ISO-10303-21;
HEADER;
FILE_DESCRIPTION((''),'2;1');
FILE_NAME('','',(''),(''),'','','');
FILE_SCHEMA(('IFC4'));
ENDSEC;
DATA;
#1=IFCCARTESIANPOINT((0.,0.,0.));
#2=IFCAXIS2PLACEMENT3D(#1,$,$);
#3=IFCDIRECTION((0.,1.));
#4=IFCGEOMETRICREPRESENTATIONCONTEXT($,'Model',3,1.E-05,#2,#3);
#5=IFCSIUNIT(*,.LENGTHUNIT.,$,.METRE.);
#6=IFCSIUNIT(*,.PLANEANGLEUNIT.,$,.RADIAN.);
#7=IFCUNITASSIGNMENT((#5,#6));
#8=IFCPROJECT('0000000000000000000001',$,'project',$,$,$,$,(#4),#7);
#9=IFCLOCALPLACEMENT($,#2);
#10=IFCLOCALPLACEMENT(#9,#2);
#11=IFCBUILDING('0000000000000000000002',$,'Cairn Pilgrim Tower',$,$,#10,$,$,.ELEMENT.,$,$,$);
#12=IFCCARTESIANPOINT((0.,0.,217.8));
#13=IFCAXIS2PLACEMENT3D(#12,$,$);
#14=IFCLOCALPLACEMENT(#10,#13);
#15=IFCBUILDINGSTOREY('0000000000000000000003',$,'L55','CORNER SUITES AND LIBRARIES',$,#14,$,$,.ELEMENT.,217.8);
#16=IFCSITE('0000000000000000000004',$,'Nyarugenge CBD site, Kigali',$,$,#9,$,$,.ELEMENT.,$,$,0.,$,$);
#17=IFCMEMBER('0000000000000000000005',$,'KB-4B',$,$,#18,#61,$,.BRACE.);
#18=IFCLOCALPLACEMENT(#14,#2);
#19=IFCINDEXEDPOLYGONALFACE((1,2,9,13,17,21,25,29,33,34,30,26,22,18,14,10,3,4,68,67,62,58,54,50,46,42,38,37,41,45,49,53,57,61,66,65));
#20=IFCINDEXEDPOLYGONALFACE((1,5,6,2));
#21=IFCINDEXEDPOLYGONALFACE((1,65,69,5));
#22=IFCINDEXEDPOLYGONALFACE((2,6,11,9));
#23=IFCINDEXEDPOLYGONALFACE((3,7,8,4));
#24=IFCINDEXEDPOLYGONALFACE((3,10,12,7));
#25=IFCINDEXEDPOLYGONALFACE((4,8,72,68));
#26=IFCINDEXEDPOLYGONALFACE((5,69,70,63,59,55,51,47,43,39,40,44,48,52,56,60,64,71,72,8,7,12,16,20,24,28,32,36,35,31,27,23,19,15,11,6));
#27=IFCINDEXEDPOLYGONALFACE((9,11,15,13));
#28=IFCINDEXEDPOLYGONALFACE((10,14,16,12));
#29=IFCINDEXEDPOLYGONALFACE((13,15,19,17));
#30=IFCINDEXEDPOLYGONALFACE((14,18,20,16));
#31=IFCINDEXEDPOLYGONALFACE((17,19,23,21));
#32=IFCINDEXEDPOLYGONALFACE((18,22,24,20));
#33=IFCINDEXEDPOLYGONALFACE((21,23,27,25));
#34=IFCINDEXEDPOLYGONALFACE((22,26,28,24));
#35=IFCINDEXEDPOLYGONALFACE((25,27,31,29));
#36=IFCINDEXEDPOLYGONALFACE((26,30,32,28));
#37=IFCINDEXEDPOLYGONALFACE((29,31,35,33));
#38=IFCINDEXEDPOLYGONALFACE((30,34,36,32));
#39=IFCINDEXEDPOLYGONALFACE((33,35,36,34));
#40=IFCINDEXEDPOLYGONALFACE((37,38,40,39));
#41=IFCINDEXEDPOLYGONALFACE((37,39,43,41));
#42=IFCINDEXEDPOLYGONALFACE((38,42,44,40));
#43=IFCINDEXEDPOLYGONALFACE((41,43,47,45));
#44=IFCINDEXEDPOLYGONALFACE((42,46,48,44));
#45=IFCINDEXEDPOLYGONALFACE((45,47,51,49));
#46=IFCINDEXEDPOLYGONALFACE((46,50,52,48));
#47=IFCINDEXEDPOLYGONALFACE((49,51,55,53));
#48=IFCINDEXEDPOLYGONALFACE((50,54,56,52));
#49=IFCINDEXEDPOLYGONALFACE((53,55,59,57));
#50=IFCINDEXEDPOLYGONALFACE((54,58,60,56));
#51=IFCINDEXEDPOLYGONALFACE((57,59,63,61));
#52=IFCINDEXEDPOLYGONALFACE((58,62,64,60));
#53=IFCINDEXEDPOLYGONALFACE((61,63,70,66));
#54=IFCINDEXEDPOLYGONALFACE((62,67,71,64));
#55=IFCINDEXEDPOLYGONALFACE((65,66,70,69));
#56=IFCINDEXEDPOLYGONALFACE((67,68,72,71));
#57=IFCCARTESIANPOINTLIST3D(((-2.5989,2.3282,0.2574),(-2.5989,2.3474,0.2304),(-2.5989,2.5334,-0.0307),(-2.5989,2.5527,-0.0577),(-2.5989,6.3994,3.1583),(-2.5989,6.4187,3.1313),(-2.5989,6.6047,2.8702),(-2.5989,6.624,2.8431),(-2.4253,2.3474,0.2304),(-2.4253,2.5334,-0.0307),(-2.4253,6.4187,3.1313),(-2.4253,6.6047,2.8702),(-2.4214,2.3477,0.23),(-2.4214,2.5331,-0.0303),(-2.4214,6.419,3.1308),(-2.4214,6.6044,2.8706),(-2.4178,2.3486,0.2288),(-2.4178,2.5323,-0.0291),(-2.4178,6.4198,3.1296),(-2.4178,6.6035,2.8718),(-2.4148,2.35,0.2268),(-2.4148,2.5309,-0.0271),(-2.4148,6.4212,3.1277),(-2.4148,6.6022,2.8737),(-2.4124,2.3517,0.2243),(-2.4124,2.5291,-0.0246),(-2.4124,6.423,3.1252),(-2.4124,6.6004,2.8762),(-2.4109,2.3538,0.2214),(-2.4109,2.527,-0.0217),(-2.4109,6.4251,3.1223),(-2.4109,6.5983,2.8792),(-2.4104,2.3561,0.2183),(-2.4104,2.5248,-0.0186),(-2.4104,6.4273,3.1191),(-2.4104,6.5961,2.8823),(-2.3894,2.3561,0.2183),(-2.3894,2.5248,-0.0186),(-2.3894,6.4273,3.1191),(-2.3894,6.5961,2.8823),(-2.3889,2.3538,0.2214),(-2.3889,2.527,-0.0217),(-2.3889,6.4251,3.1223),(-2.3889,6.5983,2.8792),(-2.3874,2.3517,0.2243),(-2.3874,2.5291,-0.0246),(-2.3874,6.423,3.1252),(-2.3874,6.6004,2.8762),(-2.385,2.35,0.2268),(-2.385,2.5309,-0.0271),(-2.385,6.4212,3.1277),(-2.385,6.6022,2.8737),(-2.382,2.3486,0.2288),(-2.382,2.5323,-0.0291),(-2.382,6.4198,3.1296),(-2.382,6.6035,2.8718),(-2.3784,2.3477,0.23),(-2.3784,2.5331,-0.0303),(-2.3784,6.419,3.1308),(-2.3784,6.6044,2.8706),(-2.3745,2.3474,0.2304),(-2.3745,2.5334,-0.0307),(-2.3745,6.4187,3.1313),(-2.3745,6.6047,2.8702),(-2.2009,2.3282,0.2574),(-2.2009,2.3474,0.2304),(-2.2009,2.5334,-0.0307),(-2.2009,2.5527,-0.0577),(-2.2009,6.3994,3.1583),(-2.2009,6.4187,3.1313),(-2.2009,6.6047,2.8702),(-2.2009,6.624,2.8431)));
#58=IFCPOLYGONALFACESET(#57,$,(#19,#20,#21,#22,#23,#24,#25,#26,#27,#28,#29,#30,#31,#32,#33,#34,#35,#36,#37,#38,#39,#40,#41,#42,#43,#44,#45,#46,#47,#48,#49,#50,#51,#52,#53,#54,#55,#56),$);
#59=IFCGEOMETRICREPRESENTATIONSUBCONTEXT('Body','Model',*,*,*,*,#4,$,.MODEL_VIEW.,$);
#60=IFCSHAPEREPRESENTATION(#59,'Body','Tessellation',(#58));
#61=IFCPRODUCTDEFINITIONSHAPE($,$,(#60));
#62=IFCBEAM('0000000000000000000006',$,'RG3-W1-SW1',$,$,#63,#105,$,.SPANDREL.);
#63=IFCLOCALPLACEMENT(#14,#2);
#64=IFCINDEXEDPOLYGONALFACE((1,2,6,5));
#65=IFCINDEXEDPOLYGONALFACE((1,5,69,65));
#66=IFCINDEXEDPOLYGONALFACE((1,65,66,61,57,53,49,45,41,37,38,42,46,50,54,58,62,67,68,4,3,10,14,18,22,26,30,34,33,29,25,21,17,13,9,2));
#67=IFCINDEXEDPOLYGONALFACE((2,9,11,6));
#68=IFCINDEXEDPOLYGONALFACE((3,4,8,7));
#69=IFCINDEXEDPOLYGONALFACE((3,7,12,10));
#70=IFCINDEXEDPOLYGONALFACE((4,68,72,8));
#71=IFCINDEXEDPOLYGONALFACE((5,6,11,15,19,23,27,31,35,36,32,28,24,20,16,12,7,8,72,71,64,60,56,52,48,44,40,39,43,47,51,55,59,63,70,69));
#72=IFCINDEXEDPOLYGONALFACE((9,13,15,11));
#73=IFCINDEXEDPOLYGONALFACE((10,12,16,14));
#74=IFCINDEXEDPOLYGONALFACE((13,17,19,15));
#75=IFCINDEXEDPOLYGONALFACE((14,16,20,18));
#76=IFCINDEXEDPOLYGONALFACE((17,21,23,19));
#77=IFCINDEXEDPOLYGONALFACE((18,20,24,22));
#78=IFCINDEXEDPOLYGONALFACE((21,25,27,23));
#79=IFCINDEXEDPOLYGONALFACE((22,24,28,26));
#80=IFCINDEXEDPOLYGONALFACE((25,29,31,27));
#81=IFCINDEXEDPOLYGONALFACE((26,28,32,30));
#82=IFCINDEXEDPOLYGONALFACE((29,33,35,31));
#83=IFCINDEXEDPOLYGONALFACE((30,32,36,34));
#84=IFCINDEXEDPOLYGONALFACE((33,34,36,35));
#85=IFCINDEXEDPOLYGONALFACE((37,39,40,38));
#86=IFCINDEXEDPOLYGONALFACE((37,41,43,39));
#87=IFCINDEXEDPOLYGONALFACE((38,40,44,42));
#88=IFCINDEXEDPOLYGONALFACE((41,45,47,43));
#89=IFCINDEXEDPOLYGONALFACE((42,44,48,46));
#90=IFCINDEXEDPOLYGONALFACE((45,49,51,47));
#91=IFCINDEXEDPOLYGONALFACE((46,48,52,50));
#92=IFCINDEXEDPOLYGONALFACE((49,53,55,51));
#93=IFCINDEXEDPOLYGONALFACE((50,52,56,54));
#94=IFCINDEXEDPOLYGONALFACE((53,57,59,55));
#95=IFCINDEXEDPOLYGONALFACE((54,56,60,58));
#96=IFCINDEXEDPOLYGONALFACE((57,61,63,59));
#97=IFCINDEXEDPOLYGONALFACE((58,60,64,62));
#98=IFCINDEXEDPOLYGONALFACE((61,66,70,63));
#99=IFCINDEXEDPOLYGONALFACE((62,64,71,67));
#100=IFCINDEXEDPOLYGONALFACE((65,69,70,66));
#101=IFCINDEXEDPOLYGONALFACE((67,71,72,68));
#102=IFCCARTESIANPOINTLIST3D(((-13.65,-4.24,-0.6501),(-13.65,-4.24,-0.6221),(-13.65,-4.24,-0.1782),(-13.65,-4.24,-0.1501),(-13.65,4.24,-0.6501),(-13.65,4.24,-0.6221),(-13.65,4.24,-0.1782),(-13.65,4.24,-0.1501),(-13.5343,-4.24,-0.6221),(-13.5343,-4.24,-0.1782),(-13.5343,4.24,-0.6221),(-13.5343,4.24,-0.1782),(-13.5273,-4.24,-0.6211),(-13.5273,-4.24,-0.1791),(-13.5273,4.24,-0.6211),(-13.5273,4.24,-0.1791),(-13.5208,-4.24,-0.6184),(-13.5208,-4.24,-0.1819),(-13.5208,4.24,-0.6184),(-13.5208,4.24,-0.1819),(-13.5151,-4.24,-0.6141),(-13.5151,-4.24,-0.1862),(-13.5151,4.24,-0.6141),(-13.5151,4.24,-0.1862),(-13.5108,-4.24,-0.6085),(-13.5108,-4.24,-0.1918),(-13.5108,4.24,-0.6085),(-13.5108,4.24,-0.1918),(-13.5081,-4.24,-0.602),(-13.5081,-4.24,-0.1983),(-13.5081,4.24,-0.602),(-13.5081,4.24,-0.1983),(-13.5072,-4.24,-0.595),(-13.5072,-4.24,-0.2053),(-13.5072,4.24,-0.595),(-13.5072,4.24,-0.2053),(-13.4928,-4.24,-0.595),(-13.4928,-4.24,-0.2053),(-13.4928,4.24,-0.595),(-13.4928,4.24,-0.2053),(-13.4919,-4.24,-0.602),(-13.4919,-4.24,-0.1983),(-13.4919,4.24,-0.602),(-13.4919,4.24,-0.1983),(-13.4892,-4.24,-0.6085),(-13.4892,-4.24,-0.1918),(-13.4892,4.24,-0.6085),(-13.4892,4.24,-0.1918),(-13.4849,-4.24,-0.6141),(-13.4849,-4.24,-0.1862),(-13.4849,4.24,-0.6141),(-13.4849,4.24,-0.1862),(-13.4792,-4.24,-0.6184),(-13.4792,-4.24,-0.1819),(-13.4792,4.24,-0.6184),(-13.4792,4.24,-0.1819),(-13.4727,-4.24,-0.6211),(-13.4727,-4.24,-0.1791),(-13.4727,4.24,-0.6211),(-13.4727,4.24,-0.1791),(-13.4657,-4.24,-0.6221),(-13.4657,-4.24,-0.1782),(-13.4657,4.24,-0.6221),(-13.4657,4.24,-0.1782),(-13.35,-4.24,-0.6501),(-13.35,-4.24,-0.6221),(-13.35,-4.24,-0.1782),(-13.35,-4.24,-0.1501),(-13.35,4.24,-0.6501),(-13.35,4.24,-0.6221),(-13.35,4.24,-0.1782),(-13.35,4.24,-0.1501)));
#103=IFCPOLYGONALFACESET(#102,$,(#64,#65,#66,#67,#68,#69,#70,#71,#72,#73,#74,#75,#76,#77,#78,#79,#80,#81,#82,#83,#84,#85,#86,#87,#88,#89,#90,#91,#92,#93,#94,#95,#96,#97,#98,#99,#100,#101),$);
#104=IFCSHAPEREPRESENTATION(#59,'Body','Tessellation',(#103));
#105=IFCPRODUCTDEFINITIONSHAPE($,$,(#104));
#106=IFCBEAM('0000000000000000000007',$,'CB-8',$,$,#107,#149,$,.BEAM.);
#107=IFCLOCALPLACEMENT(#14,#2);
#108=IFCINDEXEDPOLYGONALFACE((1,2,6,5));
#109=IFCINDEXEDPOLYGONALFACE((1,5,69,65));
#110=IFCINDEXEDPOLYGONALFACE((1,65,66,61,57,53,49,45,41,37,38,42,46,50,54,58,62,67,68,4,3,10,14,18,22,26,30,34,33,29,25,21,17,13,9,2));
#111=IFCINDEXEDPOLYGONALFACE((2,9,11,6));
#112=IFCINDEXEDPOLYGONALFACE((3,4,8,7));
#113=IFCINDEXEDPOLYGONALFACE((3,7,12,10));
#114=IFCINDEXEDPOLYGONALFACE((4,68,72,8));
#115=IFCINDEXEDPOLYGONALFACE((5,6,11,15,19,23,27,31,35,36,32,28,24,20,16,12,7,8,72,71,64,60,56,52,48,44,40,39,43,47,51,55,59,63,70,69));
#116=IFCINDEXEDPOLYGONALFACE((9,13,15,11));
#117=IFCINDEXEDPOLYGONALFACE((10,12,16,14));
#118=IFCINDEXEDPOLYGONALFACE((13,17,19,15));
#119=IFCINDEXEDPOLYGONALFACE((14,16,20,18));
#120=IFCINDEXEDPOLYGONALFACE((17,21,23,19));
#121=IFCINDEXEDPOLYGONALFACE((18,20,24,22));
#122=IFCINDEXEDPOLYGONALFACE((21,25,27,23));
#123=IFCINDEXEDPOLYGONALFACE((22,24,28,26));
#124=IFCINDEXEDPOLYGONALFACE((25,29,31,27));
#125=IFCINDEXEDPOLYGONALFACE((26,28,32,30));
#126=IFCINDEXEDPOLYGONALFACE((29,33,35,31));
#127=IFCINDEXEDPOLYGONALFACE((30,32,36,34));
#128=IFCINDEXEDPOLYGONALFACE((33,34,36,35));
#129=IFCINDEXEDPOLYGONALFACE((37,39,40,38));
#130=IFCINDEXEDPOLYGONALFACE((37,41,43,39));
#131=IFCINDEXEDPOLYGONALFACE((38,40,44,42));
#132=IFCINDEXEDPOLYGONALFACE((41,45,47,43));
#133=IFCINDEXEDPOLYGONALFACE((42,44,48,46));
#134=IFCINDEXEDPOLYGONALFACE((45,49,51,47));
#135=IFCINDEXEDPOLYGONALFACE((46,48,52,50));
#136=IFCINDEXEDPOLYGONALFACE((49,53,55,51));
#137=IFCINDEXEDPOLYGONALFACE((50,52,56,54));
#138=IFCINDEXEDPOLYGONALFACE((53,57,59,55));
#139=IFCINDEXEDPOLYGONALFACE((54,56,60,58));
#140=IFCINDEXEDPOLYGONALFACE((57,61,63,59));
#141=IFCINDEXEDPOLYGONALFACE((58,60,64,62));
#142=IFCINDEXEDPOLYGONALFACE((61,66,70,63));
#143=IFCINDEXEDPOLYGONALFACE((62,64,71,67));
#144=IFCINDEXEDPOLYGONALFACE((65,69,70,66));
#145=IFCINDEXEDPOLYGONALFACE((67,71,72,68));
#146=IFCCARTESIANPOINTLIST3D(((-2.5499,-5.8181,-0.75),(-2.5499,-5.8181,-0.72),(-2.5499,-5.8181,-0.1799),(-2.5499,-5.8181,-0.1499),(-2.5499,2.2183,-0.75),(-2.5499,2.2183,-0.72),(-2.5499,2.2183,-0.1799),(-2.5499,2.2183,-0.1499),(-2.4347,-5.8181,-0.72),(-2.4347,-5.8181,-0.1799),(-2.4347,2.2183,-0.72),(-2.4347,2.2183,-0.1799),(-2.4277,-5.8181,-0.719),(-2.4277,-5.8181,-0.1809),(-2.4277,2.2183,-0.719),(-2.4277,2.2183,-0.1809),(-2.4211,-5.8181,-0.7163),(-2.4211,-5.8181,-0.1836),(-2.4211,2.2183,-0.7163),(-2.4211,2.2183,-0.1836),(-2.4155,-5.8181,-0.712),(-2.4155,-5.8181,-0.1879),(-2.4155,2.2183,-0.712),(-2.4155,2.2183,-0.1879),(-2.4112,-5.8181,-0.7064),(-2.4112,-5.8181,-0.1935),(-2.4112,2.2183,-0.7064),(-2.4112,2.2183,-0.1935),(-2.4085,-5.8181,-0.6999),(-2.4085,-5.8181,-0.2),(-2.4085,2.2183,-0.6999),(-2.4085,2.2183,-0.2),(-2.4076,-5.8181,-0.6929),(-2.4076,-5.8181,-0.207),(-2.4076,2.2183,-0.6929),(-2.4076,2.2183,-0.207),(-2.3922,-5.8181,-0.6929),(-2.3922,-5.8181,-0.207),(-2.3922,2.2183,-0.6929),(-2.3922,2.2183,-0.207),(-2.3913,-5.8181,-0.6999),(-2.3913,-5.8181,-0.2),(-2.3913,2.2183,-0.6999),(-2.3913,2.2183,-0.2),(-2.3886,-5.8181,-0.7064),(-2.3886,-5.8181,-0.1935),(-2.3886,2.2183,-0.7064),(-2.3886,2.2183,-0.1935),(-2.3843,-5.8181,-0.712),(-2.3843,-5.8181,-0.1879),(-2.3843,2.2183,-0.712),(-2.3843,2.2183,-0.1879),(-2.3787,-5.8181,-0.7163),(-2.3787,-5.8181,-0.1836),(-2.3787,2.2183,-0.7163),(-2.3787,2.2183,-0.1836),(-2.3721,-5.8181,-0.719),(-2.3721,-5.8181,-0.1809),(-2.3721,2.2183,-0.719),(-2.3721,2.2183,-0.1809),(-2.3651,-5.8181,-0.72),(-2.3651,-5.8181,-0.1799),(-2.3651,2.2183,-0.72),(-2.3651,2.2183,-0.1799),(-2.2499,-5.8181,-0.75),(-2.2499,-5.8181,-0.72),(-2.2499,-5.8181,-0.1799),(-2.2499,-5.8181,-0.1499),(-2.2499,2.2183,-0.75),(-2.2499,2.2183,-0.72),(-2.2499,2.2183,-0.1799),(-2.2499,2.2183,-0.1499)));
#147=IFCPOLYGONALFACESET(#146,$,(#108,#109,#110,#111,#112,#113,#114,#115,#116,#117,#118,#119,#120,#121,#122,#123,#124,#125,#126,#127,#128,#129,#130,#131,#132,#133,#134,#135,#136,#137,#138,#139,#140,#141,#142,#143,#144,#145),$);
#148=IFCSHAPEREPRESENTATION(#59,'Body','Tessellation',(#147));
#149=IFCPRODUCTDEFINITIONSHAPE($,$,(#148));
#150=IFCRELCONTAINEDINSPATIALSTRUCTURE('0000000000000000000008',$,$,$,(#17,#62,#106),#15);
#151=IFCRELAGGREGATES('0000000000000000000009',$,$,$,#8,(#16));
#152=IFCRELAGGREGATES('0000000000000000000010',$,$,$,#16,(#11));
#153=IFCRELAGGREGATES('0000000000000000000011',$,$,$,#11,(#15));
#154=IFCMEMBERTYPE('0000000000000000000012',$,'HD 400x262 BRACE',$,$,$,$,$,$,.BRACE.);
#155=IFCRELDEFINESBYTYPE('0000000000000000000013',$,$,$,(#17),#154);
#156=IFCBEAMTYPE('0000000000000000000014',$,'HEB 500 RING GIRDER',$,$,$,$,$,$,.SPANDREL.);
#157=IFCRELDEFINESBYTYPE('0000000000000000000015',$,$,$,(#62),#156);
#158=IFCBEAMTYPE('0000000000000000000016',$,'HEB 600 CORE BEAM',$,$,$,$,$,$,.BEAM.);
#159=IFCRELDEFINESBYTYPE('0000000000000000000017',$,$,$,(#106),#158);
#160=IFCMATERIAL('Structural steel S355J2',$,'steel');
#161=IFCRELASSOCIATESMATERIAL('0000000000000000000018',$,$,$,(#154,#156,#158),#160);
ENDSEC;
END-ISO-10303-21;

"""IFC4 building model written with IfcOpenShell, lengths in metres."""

from ifc_helpers import new_model, si_unit, direction, frame, origin, origin_2d, place, context, subcontext, project, spatial, i_section, extrude, material, material_profile, profile_set, type_object, element, save


model = new_model("IFC4")

# Units and contexts
model_context = context("Model", 3, precision=1e-05, world=origin(), true_north=direction((0.0, 1.0)))
body_context = subcontext(model_context, "Body", "Model", "MODEL_VIEW")
ifc_project = project(units=[si_unit("LENGTHUNIT", "METRE"), si_unit("PLANEANGLEUNIT", "RADIAN")], contexts=[model_context])

# Site, building, storey
site_placement = place(None, origin())
site = spatial("IfcSite", under=ifc_project, at=site_placement, Name="Nyarugenge CBD site, Kigali", CompositionType="ELEMENT", RefElevation=0.0)
building_placement = place(site_placement, origin())
building = spatial("IfcBuilding", under=site, at=building_placement, Name="Cairn Pilgrim Tower", CompositionType="ELEMENT")
storey_placement = place(building_placement, frame((0.0, 0.0, 217.8)))
storey = spatial("IfcBuildingStorey", under=building, at=storey_placement, Name="L55", Description="CORNER SUITES AND LIBRARIES", CompositionType="ELEMENT", Elevation=217.8)

# Shared definitions
ifc_material_1 = material(Name="Structural steel S355J2", Category="steel")

# Member
ifc_material_profile_1 = material_profile(ifc_material_1, i_section(OverallWidth=0.3979, OverallDepth=0.387, WebThickness=0.021, FlangeThickness=0.0332, FilletRadius=0.0149, at=origin_2d()), Name="HD 400x262")
ifc_profile_set_1 = profile_set([ifc_material_profile_1], Name="Structural steel S355J2")
member_type_1 = type_object("IfcMemberType", Name="HD 400x262 BRACE", PredefinedType="BRACE", material=ifc_profile_set_1)
member_1_placement = place(storey_placement, frame((-2.3999, 2.4404, 0.0999), z_axis=(0.0, 0.814413, 0.580286), x_axis=(-1.0, 0.0, 0.0)))
element("IfcMember", 1, at=member_1_placement, inside=storey, type_object=member_type_1, Name="KB-4B", PredefinedType="BRACE", context=body_context, shape_type="SweptSolid", body=[
    extrude(i_section(OverallWidth=0.3979, OverallDepth=0.387, WebThickness=0.021, FlangeThickness=0.0332, FilletRadius=0.0149, at=origin_2d()), origin(), (0.0, 0.0, 1.0), 4.999),
])

# Beams
ifc_material_profile_2 = material_profile(ifc_material_1, i_section(OverallWidth=0.3, OverallDepth=0.5, WebThickness=0.0144, FlangeThickness=0.0281, FilletRadius=0.0271, at=origin_2d()), Name="HEB 500")
ifc_profile_set_2 = profile_set([ifc_material_profile_2], Name="Structural steel S355J2")
beam_type_1 = type_object("IfcBeamType", Name="HEB 500 RING GIRDER", PredefinedType="SPANDREL", material=ifc_profile_set_2)
beam_1_placement = place(storey_placement, frame((-13.5, 4.24, -0.4001), z_axis=(0.0, -1.0, 0.0), x_axis=(1.0, 0.0, 0.0)))
element("IfcBeam", 2, at=beam_1_placement, inside=storey, type_object=beam_type_1, Name="RG3-W1-SW1", PredefinedType="SPANDREL", context=body_context, shape_type="SweptSolid", body=[
    extrude(i_section(OverallWidth=0.3, OverallDepth=0.5, WebThickness=0.0144, FlangeThickness=0.0281, FilletRadius=0.0271, at=origin_2d()), origin(), (0.0, 0.0, 1.0), 8.48),
])
ifc_material_profile_3 = material_profile(ifc_material_1, i_section(OverallWidth=0.3, OverallDepth=0.6001, WebThickness=0.0154, FlangeThickness=0.03, FilletRadius=0.0271, at=origin_2d()), Name="HEB 600")
ifc_profile_set_3 = profile_set([ifc_material_profile_3], Name="Structural steel S355J2")
beam_type_2 = type_object("IfcBeamType", Name="HEB 600 CORE BEAM", PredefinedType="BEAM", material=ifc_profile_set_3)
beam_2_placement = place(storey_placement, frame((-2.3999, 2.2183, -0.45), z_axis=(0.0, -1.0, 0.0), x_axis=(1.0, 0.0, 0.0)))
element("IfcBeam", 3, at=beam_2_placement, inside=storey, type_object=beam_type_2, Name="CB-8", PredefinedType="BEAM", context=body_context, shape_type="SweptSolid", body=[
    extrude(i_section(OverallWidth=0.3, OverallDepth=0.6001, WebThickness=0.0154, FlangeThickness=0.03, FilletRadius=0.0271, at=origin_2d()), origin(), (0.0, 0.0, 1.0), 8.0364),
])

save(model, "model.ifc")
